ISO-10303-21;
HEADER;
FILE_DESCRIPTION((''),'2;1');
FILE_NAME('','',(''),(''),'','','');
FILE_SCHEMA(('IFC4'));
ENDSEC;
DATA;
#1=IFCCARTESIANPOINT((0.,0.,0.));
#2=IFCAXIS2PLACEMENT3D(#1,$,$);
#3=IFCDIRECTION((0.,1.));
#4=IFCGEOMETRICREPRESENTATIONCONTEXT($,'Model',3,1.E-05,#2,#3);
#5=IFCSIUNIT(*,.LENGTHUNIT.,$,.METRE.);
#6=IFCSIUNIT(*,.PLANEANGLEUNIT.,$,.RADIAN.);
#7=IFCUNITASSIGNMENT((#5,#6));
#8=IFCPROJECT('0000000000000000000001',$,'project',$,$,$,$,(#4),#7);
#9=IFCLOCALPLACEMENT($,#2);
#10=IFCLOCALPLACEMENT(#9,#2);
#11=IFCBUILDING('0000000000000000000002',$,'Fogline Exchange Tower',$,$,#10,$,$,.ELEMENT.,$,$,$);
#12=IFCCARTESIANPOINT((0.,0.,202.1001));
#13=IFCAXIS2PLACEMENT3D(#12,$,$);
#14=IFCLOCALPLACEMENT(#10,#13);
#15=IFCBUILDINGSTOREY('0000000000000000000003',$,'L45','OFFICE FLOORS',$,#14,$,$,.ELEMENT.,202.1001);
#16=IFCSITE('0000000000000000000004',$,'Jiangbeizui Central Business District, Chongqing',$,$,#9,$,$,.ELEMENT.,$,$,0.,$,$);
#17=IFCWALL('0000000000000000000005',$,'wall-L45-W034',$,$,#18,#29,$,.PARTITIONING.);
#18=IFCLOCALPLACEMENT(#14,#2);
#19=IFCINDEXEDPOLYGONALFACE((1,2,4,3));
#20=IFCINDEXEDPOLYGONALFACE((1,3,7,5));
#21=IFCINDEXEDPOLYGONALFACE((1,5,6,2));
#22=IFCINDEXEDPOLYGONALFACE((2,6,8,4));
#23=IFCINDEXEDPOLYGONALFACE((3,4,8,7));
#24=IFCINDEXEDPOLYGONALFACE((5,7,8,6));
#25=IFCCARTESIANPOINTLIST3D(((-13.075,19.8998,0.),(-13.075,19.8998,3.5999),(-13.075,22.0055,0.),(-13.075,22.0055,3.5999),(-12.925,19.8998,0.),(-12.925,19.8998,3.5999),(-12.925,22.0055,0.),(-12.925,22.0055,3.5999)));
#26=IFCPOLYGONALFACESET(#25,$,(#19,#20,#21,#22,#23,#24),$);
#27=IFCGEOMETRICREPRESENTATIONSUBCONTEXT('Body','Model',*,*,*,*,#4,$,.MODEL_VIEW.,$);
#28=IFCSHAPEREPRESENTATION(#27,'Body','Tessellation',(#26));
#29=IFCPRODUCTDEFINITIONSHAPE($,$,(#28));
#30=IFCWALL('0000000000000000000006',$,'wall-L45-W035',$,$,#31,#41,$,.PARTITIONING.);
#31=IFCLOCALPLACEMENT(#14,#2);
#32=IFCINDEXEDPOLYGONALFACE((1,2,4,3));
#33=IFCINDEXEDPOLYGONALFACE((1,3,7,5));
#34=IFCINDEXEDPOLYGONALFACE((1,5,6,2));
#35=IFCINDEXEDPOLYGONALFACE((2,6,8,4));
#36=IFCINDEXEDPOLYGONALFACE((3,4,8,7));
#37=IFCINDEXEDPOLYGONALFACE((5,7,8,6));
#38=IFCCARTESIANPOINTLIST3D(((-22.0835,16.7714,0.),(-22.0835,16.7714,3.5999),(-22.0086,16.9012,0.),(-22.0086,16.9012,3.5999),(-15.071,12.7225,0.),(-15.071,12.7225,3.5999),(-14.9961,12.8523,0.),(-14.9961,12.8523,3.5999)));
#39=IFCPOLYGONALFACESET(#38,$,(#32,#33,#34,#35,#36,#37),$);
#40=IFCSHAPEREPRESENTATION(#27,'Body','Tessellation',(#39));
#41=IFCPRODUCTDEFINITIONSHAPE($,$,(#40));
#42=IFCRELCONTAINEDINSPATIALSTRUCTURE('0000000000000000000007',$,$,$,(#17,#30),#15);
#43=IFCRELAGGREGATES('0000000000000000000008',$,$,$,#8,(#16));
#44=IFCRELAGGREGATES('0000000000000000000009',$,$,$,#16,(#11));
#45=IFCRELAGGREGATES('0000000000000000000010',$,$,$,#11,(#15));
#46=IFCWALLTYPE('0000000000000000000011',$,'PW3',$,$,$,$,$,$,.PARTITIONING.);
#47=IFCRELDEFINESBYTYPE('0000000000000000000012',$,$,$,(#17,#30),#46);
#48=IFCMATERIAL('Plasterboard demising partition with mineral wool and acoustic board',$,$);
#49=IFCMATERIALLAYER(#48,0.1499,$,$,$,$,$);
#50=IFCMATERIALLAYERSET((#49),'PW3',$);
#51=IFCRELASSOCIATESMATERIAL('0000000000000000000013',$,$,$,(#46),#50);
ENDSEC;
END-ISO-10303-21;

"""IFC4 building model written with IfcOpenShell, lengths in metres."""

from ifc_helpers import new_model, si_unit, direction, frame, frame_2d, origin, place, context, subcontext, project, spatial, rectangle, extrude, material, layer, layer_set, type_object, element, save


model = new_model("IFC4")

# Units and contexts
model_context = context("Model", 3, precision=1e-05, world=origin(), true_north=direction((0.0, 1.0)))
body_context = subcontext(model_context, "Body", "Model", "MODEL_VIEW")
ifc_project = project(units=[si_unit("LENGTHUNIT", "METRE"), si_unit("PLANEANGLEUNIT", "RADIAN")], contexts=[model_context])

# Site, building, storey
site_placement = place(None, origin())
site = spatial("IfcSite", under=ifc_project, at=site_placement, Name="Jiangbeizui Central Business District, Chongqing", CompositionType="ELEMENT", RefElevation=0.0)
building_placement = place(site_placement, origin())
building = spatial("IfcBuilding", under=site, at=building_placement, Name="Fogline Exchange Tower", CompositionType="ELEMENT")
storey_placement = place(building_placement, frame((0.0, 0.0, 202.1001)))
storey = spatial("IfcBuildingStorey", under=building, at=storey_placement, Name="L45", Description="OFFICE FLOORS", CompositionType="ELEMENT", Elevation=202.1001)

# Walls
ifc_material_1 = material(Name="Plasterboard demising partition with mineral wool and acoustic board")
ifc_layer_1 = layer(ifc_material_1, 0.1499)
ifc_layer_set_1 = layer_set([ifc_layer_1], Name="PW3")
wall_type_1 = type_object("IfcWallType", Name="PW3", PredefinedType="PARTITIONING", material=ifc_layer_set_1)
wall_1_placement = place(storey_placement, frame((-13.0, 19.8999, 0.0), z_axis=(0.0, 0.0, 1.0), x_axis=(0.0, 1.0, 0.0)))
element("IfcWall", 1, at=wall_1_placement, inside=storey, type_object=wall_type_1, Name="wall-L45-W034", PredefinedType="PARTITIONING", context=body_context, shape_type="SweptSolid", body=[
    extrude(rectangle(XDim=2.1057, YDim=0.1499, at=frame_2d((1.0527, 0.0))), origin(), (0.0, 0.0, 1.0), 3.5999),
])
wall_2_placement = place(storey_placement, frame((-15.0334, 12.7874, 0.0), z_axis=(0.0, 0.0, 1.0), x_axis=(-0.866015, 0.500017, 0.0)))
element("IfcWall", 2, at=wall_2_placement, inside=storey, type_object=wall_type_1, Name="wall-L45-W035", PredefinedType="PARTITIONING", context=body_context, shape_type="SweptSolid", body=[
    extrude(rectangle(XDim=8.0974, YDim=0.1499, at=frame_2d((4.0488, 0.0))), origin(), (0.0, 0.0, 1.0), 3.5999),
])

save(model, "model.ifc")
